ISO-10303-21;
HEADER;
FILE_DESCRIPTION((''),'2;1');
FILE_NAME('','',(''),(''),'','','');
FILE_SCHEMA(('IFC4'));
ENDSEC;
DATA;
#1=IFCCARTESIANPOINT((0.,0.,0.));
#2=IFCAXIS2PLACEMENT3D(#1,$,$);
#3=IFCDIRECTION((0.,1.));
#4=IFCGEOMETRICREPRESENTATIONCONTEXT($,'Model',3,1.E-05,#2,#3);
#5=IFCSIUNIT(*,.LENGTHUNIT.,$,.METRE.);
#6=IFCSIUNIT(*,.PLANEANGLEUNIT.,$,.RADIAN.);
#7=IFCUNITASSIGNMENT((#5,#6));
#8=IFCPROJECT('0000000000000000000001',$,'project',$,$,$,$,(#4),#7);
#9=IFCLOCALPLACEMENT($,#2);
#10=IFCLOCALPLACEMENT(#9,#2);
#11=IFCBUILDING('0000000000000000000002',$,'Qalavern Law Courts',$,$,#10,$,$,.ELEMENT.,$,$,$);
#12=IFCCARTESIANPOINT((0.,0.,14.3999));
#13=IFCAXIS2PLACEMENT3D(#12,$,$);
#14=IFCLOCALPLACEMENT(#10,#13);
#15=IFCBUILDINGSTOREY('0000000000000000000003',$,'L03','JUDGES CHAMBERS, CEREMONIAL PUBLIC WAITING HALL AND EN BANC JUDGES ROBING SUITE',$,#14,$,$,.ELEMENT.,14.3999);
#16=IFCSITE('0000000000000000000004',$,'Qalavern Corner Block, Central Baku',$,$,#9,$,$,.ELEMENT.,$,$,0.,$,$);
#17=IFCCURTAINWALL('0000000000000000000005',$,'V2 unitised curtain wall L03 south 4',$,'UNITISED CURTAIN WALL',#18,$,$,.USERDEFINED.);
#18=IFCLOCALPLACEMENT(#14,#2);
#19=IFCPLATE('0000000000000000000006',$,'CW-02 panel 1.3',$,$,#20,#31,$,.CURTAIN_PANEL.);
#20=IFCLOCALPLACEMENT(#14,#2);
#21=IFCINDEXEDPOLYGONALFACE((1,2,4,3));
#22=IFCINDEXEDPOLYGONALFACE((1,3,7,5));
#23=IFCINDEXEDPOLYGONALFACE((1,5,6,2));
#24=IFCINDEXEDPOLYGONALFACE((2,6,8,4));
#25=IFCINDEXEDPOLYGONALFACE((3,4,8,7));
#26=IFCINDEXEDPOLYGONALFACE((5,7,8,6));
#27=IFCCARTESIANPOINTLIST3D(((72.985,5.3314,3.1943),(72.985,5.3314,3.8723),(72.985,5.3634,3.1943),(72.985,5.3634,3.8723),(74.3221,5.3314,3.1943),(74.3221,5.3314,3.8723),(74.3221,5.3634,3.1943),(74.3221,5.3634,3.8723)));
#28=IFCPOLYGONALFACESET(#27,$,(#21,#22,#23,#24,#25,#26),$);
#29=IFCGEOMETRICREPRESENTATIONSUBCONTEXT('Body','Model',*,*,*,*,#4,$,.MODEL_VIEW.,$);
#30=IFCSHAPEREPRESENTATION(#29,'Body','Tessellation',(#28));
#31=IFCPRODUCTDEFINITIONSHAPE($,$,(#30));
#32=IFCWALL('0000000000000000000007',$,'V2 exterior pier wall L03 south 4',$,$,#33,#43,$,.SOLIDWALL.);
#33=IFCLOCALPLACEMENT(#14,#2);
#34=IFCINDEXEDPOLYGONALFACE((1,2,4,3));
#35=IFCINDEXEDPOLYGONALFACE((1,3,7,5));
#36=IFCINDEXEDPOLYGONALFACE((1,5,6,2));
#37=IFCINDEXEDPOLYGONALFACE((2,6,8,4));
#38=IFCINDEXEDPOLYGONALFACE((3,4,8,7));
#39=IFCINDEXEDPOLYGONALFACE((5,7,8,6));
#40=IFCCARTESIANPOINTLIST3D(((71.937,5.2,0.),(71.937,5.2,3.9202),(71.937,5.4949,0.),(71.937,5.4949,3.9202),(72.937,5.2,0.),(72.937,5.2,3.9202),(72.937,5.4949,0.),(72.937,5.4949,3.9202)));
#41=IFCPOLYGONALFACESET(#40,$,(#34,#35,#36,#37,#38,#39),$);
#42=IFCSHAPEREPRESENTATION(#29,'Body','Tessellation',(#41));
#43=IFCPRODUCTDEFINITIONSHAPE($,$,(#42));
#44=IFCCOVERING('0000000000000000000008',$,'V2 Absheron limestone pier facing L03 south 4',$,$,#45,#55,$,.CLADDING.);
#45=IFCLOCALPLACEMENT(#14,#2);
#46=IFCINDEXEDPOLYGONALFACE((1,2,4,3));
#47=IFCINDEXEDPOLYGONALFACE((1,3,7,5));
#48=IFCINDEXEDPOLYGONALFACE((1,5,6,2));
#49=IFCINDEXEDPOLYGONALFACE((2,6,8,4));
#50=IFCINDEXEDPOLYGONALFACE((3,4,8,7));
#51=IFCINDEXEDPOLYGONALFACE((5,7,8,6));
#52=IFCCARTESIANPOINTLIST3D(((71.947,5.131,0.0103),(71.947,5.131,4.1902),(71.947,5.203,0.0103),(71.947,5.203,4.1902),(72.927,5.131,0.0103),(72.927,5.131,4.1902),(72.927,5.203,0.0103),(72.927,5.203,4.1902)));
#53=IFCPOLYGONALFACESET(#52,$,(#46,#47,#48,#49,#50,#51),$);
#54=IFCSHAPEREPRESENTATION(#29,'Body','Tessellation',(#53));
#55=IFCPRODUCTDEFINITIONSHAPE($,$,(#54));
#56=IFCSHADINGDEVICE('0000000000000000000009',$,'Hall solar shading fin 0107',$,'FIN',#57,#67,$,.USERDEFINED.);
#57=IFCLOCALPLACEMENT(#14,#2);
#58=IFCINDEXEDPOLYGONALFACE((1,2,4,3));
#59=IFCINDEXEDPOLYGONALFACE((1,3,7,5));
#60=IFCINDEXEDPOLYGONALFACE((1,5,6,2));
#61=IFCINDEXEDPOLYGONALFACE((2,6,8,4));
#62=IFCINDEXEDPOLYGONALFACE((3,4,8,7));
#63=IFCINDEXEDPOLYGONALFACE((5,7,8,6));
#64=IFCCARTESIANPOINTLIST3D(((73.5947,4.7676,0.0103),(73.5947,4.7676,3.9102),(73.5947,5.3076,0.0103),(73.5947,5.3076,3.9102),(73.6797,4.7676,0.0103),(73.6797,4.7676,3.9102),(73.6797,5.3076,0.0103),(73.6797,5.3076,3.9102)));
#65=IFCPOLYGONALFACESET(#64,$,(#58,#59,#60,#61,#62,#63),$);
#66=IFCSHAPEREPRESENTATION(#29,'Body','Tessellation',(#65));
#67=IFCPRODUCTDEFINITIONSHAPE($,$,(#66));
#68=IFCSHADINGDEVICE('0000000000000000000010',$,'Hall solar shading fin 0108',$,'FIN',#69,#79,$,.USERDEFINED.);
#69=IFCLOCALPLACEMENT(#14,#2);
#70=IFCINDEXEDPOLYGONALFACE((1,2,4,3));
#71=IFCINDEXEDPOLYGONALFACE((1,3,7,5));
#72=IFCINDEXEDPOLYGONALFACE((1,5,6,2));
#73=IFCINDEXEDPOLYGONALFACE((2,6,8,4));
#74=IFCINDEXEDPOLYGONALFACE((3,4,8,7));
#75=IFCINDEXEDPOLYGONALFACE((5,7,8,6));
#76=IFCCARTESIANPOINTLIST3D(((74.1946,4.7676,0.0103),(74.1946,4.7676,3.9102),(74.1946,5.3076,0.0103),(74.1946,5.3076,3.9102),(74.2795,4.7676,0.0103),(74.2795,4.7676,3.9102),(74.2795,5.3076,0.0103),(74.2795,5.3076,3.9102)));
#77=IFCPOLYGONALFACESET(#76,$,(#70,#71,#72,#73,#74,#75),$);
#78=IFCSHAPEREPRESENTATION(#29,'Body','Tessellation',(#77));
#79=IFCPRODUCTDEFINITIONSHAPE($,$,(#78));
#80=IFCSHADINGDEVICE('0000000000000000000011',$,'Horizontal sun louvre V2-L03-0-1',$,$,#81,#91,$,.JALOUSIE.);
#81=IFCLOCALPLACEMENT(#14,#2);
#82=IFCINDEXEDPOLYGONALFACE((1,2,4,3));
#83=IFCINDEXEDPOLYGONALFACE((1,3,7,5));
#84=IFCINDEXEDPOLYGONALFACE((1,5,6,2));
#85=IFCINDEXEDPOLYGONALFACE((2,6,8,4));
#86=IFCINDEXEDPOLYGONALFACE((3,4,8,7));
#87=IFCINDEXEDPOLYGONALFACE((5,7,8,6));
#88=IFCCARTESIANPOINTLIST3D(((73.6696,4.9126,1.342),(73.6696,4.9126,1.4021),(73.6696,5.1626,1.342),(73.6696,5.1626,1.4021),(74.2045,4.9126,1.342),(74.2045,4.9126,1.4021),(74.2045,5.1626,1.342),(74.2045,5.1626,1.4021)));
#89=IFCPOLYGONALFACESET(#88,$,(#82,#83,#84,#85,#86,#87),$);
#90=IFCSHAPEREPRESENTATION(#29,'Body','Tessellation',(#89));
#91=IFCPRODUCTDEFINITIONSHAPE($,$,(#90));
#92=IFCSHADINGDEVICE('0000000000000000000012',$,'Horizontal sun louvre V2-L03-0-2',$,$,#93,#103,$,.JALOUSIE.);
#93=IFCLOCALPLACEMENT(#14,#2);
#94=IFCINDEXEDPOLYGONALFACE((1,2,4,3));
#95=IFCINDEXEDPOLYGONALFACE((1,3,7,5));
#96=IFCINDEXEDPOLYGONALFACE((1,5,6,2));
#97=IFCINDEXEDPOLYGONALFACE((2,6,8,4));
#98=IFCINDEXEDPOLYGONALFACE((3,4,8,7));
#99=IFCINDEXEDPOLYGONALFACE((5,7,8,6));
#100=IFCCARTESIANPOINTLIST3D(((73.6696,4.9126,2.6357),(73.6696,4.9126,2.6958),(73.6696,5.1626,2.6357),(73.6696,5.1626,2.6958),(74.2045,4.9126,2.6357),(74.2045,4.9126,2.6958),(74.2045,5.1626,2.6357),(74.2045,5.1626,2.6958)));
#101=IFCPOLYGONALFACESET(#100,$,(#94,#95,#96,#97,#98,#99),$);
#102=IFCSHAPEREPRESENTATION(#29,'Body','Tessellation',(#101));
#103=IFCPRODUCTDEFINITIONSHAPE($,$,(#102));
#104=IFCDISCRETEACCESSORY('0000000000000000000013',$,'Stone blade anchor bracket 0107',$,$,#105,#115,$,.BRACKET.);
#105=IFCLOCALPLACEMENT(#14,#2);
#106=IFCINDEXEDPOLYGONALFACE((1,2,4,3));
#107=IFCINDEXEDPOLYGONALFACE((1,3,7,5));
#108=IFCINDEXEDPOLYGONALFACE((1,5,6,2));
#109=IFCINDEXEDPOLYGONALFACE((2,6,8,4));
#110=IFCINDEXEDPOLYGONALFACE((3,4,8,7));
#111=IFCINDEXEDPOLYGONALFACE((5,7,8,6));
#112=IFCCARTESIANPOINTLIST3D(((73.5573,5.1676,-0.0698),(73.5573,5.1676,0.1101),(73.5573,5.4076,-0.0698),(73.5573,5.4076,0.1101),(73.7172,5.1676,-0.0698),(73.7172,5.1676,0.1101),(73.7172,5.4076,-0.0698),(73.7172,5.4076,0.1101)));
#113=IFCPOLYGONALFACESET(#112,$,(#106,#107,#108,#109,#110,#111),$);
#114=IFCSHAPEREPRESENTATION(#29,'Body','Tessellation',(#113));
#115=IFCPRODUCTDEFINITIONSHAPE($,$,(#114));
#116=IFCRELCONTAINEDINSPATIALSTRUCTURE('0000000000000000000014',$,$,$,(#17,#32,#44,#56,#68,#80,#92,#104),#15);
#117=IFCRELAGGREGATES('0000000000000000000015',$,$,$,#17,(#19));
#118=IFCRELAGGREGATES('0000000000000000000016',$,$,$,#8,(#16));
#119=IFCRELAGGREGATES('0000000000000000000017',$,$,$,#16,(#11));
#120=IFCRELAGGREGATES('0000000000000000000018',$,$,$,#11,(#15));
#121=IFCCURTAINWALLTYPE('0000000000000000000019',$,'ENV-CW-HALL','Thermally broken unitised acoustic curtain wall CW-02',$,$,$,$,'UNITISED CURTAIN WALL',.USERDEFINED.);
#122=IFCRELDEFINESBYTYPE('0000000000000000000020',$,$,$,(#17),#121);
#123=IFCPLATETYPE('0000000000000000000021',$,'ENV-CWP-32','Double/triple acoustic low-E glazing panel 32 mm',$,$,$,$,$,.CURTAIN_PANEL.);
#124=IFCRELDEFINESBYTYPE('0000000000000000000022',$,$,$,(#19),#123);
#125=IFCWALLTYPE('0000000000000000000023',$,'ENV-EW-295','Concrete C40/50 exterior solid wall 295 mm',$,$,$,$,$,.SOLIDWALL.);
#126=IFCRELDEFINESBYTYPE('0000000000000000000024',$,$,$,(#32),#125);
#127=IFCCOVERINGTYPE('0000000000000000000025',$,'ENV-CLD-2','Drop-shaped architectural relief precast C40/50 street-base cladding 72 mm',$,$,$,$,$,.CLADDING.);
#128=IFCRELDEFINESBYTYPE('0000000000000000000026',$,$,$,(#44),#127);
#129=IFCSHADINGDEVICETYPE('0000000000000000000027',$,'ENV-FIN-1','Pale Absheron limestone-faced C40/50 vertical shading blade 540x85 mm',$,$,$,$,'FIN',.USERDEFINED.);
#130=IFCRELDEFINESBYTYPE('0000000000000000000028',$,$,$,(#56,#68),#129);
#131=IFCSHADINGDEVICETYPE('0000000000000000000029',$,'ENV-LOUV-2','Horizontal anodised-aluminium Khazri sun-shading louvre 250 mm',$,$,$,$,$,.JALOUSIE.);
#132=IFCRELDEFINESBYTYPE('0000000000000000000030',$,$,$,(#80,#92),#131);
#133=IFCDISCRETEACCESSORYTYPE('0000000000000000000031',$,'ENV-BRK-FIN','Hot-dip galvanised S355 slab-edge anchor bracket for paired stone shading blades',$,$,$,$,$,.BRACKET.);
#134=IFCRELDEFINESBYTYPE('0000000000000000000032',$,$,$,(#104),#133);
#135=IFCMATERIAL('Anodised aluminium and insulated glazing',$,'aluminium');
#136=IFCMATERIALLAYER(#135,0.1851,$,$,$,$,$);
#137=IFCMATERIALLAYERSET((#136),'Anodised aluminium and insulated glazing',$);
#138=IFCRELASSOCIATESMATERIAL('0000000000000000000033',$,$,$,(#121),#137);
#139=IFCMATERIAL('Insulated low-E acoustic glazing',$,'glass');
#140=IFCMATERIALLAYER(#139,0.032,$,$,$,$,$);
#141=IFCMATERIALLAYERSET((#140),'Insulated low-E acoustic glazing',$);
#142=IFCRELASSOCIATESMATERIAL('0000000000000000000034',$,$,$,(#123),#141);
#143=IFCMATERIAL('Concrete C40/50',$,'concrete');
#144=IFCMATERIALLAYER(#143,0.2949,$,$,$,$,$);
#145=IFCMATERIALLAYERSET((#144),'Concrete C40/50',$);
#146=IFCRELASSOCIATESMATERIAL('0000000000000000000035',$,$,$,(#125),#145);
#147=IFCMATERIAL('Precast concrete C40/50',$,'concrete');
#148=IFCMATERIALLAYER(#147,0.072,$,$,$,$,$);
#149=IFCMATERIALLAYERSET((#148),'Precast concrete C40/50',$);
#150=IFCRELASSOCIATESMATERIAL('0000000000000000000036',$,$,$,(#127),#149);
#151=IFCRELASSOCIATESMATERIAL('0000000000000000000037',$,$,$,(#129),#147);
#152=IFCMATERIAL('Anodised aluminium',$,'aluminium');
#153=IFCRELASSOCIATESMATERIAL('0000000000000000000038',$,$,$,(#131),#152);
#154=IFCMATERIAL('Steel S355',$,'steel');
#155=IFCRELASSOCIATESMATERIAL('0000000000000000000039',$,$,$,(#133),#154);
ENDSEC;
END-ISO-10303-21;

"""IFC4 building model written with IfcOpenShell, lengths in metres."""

from ifc_helpers import new_model, si_unit, direction, frame, frame_2d, origin, origin_2d, place, context, subcontext, project, spatial, rectangle, extrude, material, layer, layer_set, type_object, element, aggregate, save


model = new_model("IFC4")

# Units and contexts
model_context = context("Model", 3, precision=1e-05, world=origin(), true_north=direction((0.0, 1.0)))
body_context = subcontext(model_context, "Body", "Model", "MODEL_VIEW")
ifc_project = project(units=[si_unit("LENGTHUNIT", "METRE"), si_unit("PLANEANGLEUNIT", "RADIAN")], contexts=[model_context])

# Site, building, storey
site_placement = place(None, origin())
site = spatial("IfcSite", under=ifc_project, at=site_placement, Name="Qalavern Corner Block, Central Baku", CompositionType="ELEMENT", RefElevation=0.0)
building_placement = place(site_placement, origin())
building = spatial("IfcBuilding", under=site, at=building_placement, Name="Qalavern Law Courts", CompositionType="ELEMENT")
storey_placement = place(building_placement, frame((0.0, 0.0, 14.3999)))
storey = spatial("IfcBuildingStorey", under=building, at=storey_placement, Name="L03", Description="JUDGES CHAMBERS, CEREMONIAL PUBLIC WAITING HALL AND EN BANC JUDGES ROBING SUITE", CompositionType="ELEMENT", Elevation=14.3999)

# Shared definitions
ifc_material_1 = material(Name="Anodised aluminium and insulated glazing", Category="aluminium")
ifc_layer_1 = layer(ifc_material_1, 0.1851)
ifc_layer_set_1 = layer_set([ifc_layer_1], Name="Anodised aluminium and insulated glazing")
curtain_wall_type = type_object("IfcCurtainWallType", Name="ENV-CW-HALL", Description="Thermally broken unitised acoustic curtain wall CW-02", ElementType="UNITISED CURTAIN WALL", PredefinedType="USERDEFINED", material=ifc_layer_set_1)
ifc_material_2 = material(Name="Anodised aluminium", Category="aluminium")

# Curtain wall
curtain_wall_1_placement = place(storey_placement, origin())
curtain_wall_1 = element("IfcCurtainWall", 1, at=curtain_wall_1_placement, inside=storey, type_object=curtain_wall_type, Name="V2 unitised curtain wall L03 south 4", ObjectType="UNITISED CURTAIN WALL", PredefinedType="USERDEFINED")

# Shared definitions
ifc_material_3 = material(Name="Steel S355", Category="steel")
ifc_material_4 = material(Name="Concrete C40/50", Category="concrete")

# Plate
ifc_material_5 = material(Name="Insulated low-E acoustic glazing", Category="glass")
ifc_layer_2 = layer(ifc_material_5, 0.032)
ifc_layer_set_2 = layer_set([ifc_layer_2], Name="Insulated low-E acoustic glazing")
plate_type_1 = type_object("IfcPlateType", Name="ENV-CWP-32", Description="Double/triple acoustic low-E glazing panel 32 mm", PredefinedType="CURTAIN_PANEL", material=ifc_layer_set_2)
plate_1_placement = place(storey_placement, frame((73.6536, 5.3474, 3.1943), z_axis=(0.0, 0.0, 1.0), x_axis=(1.0, 0.0, 0.0)))
plate_1 = element("IfcPlate", 2, at=plate_1_placement, type_object=plate_type_1, Name="CW-02 panel 1.3", PredefinedType="CURTAIN_PANEL", context=body_context, shape_type="SweptSolid", body=[
    extrude(rectangle(XDim=1.3372, YDim=0.032, at=origin_2d()), origin(), (0.0, 0.0, 1.0), 0.678),
])
aggregate(curtain_wall_1, [plate_1])

# Wall
ifc_layer_3 = layer(ifc_material_4, 0.2949)
ifc_layer_set_3 = layer_set([ifc_layer_3], Name="Concrete C40/50")
wall_type = type_object("IfcWallType", Name="ENV-EW-295", Description="Concrete C40/50 exterior solid wall 295 mm", PredefinedType="SOLIDWALL", material=ifc_layer_set_3)
wall_placement = place(storey_placement, frame((71.937, 5.3474, 0.0), z_axis=(0.0, 0.0, 1.0), x_axis=(1.0, 0.0, 0.0)))
element("IfcWall", 3, at=wall_placement, inside=storey, type_object=wall_type, Name="V2 exterior pier wall L03 south 4", PredefinedType="SOLIDWALL", context=body_context, shape_type="SweptSolid", body=[
    extrude(rectangle(XDim=1.0, YDim=0.2949, at=frame_2d((0.5, 0.0))), origin(), (0.0, 0.0, 1.0), 3.9202),
])

# Covering
ifc_material_6 = material(Name="Precast concrete C40/50", Category="concrete")
ifc_layer_4 = layer(ifc_material_6, 0.072)
ifc_layer_set_4 = layer_set([ifc_layer_4], Name="Precast concrete C40/50")
covering_type = type_object("IfcCoveringType", Name="ENV-CLD-2", Description="Drop-shaped architectural relief precast C40/50 street-base cladding 72 mm", PredefinedType="CLADDING", material=ifc_layer_set_4)
covering_placement = place(storey_placement, frame((72.437, 5.167, 0.0103), z_axis=(0.0, 0.0, 1.0), x_axis=(1.0, 0.0, 0.0)))
element("IfcCovering", 4, at=covering_placement, inside=storey, type_object=covering_type, Name="V2 Absheron limestone pier facing L03 south 4", PredefinedType="CLADDING", context=body_context, shape_type="SweptSolid", body=[
    extrude(rectangle(XDim=0.98, YDim=0.072, at=origin_2d()), origin(), (0.0, 0.0, 1.0), 4.1799),
])

# Shading devices
shading_device_type_1 = type_object("IfcShadingDeviceType", Name="ENV-FIN-1", Description="Pale Absheron limestone-faced C40/50 vertical shading blade 540x85 mm", ElementType="FIN", PredefinedType="USERDEFINED", material=ifc_material_6)
for number, where, z_axis, x_axis, name in (
    (5, (73.6372, 5.0376, 0.0103), (0.0, 0.0, 1.0), (0.0, -1.0, 0.0), "Hall solar shading fin 0107"),
    (6, (74.2371, 5.0376, 0.0103), (0.0, 0.0, 1.0), (0.0, -1.0, 0.0), "Hall solar shading fin 0108"),
):
    element("IfcShadingDevice", number, at=place(storey_placement, frame(where, z_axis=z_axis, x_axis=x_axis)), inside=storey, type_object=shading_device_type_1, Name=name, ObjectType="FIN", PredefinedType="USERDEFINED", context=body_context, shape_type="SweptSolid", body=[
        extrude(rectangle(XDim=0.54, YDim=0.085, at=origin_2d()), origin(), (0.0, 0.0, 1.0), 3.8999),
    ])
shading_device_type_2 = type_object("IfcShadingDeviceType", Name="ENV-LOUV-2", Description="Horizontal anodised-aluminium Khazri sun-shading louvre 250 mm", PredefinedType="JALOUSIE", material=ifc_material_2)
for number, where, z_axis, x_axis, name in (
    (7, (73.937, 5.0376, 1.342), (0.0, 0.0, 1.0), (1.0, 0.0, 0.0), "Horizontal sun louvre V2-L03-0-1"),
    (8, (73.937, 5.0376, 2.6357), (0.0, 0.0, 1.0), (1.0, 0.0, 0.0), "Horizontal sun louvre V2-L03-0-2"),
):
    element("IfcShadingDevice", number, at=place(storey_placement, frame(where, z_axis=z_axis, x_axis=x_axis)), inside=storey, type_object=shading_device_type_2, Name=name, PredefinedType="JALOUSIE", context=body_context, shape_type="SweptSolid", body=[
        extrude(rectangle(XDim=0.5349, YDim=0.25, at=origin_2d()), origin(), (0.0, 0.0, 1.0), 0.0601),
    ])

# Discrete accessory
discrete_accessory_type = type_object("IfcDiscreteAccessoryType", Name="ENV-BRK-FIN", Description="Hot-dip galvanised S355 slab-edge anchor bracket for paired stone shading blades", PredefinedType="BRACKET", material=ifc_material_3)
discrete_accessory_placement = place(storey_placement, frame((73.6372, 5.2876, -0.0698), z_axis=(0.0, 0.0, 1.0), x_axis=(0.0, -1.0, 0.0)))
element("IfcDiscreteAccessory", 9, at=discrete_accessory_placement, inside=storey, type_object=discrete_accessory_type, Name="Stone blade anchor bracket 0107", PredefinedType="BRACKET", context=body_context, shape_type="SweptSolid", body=[
    extrude(rectangle(XDim=0.24, YDim=0.1599, at=origin_2d()), origin(), (0.0, 0.0, 1.0), 0.1799),
])

save(model, "model.ifc")
